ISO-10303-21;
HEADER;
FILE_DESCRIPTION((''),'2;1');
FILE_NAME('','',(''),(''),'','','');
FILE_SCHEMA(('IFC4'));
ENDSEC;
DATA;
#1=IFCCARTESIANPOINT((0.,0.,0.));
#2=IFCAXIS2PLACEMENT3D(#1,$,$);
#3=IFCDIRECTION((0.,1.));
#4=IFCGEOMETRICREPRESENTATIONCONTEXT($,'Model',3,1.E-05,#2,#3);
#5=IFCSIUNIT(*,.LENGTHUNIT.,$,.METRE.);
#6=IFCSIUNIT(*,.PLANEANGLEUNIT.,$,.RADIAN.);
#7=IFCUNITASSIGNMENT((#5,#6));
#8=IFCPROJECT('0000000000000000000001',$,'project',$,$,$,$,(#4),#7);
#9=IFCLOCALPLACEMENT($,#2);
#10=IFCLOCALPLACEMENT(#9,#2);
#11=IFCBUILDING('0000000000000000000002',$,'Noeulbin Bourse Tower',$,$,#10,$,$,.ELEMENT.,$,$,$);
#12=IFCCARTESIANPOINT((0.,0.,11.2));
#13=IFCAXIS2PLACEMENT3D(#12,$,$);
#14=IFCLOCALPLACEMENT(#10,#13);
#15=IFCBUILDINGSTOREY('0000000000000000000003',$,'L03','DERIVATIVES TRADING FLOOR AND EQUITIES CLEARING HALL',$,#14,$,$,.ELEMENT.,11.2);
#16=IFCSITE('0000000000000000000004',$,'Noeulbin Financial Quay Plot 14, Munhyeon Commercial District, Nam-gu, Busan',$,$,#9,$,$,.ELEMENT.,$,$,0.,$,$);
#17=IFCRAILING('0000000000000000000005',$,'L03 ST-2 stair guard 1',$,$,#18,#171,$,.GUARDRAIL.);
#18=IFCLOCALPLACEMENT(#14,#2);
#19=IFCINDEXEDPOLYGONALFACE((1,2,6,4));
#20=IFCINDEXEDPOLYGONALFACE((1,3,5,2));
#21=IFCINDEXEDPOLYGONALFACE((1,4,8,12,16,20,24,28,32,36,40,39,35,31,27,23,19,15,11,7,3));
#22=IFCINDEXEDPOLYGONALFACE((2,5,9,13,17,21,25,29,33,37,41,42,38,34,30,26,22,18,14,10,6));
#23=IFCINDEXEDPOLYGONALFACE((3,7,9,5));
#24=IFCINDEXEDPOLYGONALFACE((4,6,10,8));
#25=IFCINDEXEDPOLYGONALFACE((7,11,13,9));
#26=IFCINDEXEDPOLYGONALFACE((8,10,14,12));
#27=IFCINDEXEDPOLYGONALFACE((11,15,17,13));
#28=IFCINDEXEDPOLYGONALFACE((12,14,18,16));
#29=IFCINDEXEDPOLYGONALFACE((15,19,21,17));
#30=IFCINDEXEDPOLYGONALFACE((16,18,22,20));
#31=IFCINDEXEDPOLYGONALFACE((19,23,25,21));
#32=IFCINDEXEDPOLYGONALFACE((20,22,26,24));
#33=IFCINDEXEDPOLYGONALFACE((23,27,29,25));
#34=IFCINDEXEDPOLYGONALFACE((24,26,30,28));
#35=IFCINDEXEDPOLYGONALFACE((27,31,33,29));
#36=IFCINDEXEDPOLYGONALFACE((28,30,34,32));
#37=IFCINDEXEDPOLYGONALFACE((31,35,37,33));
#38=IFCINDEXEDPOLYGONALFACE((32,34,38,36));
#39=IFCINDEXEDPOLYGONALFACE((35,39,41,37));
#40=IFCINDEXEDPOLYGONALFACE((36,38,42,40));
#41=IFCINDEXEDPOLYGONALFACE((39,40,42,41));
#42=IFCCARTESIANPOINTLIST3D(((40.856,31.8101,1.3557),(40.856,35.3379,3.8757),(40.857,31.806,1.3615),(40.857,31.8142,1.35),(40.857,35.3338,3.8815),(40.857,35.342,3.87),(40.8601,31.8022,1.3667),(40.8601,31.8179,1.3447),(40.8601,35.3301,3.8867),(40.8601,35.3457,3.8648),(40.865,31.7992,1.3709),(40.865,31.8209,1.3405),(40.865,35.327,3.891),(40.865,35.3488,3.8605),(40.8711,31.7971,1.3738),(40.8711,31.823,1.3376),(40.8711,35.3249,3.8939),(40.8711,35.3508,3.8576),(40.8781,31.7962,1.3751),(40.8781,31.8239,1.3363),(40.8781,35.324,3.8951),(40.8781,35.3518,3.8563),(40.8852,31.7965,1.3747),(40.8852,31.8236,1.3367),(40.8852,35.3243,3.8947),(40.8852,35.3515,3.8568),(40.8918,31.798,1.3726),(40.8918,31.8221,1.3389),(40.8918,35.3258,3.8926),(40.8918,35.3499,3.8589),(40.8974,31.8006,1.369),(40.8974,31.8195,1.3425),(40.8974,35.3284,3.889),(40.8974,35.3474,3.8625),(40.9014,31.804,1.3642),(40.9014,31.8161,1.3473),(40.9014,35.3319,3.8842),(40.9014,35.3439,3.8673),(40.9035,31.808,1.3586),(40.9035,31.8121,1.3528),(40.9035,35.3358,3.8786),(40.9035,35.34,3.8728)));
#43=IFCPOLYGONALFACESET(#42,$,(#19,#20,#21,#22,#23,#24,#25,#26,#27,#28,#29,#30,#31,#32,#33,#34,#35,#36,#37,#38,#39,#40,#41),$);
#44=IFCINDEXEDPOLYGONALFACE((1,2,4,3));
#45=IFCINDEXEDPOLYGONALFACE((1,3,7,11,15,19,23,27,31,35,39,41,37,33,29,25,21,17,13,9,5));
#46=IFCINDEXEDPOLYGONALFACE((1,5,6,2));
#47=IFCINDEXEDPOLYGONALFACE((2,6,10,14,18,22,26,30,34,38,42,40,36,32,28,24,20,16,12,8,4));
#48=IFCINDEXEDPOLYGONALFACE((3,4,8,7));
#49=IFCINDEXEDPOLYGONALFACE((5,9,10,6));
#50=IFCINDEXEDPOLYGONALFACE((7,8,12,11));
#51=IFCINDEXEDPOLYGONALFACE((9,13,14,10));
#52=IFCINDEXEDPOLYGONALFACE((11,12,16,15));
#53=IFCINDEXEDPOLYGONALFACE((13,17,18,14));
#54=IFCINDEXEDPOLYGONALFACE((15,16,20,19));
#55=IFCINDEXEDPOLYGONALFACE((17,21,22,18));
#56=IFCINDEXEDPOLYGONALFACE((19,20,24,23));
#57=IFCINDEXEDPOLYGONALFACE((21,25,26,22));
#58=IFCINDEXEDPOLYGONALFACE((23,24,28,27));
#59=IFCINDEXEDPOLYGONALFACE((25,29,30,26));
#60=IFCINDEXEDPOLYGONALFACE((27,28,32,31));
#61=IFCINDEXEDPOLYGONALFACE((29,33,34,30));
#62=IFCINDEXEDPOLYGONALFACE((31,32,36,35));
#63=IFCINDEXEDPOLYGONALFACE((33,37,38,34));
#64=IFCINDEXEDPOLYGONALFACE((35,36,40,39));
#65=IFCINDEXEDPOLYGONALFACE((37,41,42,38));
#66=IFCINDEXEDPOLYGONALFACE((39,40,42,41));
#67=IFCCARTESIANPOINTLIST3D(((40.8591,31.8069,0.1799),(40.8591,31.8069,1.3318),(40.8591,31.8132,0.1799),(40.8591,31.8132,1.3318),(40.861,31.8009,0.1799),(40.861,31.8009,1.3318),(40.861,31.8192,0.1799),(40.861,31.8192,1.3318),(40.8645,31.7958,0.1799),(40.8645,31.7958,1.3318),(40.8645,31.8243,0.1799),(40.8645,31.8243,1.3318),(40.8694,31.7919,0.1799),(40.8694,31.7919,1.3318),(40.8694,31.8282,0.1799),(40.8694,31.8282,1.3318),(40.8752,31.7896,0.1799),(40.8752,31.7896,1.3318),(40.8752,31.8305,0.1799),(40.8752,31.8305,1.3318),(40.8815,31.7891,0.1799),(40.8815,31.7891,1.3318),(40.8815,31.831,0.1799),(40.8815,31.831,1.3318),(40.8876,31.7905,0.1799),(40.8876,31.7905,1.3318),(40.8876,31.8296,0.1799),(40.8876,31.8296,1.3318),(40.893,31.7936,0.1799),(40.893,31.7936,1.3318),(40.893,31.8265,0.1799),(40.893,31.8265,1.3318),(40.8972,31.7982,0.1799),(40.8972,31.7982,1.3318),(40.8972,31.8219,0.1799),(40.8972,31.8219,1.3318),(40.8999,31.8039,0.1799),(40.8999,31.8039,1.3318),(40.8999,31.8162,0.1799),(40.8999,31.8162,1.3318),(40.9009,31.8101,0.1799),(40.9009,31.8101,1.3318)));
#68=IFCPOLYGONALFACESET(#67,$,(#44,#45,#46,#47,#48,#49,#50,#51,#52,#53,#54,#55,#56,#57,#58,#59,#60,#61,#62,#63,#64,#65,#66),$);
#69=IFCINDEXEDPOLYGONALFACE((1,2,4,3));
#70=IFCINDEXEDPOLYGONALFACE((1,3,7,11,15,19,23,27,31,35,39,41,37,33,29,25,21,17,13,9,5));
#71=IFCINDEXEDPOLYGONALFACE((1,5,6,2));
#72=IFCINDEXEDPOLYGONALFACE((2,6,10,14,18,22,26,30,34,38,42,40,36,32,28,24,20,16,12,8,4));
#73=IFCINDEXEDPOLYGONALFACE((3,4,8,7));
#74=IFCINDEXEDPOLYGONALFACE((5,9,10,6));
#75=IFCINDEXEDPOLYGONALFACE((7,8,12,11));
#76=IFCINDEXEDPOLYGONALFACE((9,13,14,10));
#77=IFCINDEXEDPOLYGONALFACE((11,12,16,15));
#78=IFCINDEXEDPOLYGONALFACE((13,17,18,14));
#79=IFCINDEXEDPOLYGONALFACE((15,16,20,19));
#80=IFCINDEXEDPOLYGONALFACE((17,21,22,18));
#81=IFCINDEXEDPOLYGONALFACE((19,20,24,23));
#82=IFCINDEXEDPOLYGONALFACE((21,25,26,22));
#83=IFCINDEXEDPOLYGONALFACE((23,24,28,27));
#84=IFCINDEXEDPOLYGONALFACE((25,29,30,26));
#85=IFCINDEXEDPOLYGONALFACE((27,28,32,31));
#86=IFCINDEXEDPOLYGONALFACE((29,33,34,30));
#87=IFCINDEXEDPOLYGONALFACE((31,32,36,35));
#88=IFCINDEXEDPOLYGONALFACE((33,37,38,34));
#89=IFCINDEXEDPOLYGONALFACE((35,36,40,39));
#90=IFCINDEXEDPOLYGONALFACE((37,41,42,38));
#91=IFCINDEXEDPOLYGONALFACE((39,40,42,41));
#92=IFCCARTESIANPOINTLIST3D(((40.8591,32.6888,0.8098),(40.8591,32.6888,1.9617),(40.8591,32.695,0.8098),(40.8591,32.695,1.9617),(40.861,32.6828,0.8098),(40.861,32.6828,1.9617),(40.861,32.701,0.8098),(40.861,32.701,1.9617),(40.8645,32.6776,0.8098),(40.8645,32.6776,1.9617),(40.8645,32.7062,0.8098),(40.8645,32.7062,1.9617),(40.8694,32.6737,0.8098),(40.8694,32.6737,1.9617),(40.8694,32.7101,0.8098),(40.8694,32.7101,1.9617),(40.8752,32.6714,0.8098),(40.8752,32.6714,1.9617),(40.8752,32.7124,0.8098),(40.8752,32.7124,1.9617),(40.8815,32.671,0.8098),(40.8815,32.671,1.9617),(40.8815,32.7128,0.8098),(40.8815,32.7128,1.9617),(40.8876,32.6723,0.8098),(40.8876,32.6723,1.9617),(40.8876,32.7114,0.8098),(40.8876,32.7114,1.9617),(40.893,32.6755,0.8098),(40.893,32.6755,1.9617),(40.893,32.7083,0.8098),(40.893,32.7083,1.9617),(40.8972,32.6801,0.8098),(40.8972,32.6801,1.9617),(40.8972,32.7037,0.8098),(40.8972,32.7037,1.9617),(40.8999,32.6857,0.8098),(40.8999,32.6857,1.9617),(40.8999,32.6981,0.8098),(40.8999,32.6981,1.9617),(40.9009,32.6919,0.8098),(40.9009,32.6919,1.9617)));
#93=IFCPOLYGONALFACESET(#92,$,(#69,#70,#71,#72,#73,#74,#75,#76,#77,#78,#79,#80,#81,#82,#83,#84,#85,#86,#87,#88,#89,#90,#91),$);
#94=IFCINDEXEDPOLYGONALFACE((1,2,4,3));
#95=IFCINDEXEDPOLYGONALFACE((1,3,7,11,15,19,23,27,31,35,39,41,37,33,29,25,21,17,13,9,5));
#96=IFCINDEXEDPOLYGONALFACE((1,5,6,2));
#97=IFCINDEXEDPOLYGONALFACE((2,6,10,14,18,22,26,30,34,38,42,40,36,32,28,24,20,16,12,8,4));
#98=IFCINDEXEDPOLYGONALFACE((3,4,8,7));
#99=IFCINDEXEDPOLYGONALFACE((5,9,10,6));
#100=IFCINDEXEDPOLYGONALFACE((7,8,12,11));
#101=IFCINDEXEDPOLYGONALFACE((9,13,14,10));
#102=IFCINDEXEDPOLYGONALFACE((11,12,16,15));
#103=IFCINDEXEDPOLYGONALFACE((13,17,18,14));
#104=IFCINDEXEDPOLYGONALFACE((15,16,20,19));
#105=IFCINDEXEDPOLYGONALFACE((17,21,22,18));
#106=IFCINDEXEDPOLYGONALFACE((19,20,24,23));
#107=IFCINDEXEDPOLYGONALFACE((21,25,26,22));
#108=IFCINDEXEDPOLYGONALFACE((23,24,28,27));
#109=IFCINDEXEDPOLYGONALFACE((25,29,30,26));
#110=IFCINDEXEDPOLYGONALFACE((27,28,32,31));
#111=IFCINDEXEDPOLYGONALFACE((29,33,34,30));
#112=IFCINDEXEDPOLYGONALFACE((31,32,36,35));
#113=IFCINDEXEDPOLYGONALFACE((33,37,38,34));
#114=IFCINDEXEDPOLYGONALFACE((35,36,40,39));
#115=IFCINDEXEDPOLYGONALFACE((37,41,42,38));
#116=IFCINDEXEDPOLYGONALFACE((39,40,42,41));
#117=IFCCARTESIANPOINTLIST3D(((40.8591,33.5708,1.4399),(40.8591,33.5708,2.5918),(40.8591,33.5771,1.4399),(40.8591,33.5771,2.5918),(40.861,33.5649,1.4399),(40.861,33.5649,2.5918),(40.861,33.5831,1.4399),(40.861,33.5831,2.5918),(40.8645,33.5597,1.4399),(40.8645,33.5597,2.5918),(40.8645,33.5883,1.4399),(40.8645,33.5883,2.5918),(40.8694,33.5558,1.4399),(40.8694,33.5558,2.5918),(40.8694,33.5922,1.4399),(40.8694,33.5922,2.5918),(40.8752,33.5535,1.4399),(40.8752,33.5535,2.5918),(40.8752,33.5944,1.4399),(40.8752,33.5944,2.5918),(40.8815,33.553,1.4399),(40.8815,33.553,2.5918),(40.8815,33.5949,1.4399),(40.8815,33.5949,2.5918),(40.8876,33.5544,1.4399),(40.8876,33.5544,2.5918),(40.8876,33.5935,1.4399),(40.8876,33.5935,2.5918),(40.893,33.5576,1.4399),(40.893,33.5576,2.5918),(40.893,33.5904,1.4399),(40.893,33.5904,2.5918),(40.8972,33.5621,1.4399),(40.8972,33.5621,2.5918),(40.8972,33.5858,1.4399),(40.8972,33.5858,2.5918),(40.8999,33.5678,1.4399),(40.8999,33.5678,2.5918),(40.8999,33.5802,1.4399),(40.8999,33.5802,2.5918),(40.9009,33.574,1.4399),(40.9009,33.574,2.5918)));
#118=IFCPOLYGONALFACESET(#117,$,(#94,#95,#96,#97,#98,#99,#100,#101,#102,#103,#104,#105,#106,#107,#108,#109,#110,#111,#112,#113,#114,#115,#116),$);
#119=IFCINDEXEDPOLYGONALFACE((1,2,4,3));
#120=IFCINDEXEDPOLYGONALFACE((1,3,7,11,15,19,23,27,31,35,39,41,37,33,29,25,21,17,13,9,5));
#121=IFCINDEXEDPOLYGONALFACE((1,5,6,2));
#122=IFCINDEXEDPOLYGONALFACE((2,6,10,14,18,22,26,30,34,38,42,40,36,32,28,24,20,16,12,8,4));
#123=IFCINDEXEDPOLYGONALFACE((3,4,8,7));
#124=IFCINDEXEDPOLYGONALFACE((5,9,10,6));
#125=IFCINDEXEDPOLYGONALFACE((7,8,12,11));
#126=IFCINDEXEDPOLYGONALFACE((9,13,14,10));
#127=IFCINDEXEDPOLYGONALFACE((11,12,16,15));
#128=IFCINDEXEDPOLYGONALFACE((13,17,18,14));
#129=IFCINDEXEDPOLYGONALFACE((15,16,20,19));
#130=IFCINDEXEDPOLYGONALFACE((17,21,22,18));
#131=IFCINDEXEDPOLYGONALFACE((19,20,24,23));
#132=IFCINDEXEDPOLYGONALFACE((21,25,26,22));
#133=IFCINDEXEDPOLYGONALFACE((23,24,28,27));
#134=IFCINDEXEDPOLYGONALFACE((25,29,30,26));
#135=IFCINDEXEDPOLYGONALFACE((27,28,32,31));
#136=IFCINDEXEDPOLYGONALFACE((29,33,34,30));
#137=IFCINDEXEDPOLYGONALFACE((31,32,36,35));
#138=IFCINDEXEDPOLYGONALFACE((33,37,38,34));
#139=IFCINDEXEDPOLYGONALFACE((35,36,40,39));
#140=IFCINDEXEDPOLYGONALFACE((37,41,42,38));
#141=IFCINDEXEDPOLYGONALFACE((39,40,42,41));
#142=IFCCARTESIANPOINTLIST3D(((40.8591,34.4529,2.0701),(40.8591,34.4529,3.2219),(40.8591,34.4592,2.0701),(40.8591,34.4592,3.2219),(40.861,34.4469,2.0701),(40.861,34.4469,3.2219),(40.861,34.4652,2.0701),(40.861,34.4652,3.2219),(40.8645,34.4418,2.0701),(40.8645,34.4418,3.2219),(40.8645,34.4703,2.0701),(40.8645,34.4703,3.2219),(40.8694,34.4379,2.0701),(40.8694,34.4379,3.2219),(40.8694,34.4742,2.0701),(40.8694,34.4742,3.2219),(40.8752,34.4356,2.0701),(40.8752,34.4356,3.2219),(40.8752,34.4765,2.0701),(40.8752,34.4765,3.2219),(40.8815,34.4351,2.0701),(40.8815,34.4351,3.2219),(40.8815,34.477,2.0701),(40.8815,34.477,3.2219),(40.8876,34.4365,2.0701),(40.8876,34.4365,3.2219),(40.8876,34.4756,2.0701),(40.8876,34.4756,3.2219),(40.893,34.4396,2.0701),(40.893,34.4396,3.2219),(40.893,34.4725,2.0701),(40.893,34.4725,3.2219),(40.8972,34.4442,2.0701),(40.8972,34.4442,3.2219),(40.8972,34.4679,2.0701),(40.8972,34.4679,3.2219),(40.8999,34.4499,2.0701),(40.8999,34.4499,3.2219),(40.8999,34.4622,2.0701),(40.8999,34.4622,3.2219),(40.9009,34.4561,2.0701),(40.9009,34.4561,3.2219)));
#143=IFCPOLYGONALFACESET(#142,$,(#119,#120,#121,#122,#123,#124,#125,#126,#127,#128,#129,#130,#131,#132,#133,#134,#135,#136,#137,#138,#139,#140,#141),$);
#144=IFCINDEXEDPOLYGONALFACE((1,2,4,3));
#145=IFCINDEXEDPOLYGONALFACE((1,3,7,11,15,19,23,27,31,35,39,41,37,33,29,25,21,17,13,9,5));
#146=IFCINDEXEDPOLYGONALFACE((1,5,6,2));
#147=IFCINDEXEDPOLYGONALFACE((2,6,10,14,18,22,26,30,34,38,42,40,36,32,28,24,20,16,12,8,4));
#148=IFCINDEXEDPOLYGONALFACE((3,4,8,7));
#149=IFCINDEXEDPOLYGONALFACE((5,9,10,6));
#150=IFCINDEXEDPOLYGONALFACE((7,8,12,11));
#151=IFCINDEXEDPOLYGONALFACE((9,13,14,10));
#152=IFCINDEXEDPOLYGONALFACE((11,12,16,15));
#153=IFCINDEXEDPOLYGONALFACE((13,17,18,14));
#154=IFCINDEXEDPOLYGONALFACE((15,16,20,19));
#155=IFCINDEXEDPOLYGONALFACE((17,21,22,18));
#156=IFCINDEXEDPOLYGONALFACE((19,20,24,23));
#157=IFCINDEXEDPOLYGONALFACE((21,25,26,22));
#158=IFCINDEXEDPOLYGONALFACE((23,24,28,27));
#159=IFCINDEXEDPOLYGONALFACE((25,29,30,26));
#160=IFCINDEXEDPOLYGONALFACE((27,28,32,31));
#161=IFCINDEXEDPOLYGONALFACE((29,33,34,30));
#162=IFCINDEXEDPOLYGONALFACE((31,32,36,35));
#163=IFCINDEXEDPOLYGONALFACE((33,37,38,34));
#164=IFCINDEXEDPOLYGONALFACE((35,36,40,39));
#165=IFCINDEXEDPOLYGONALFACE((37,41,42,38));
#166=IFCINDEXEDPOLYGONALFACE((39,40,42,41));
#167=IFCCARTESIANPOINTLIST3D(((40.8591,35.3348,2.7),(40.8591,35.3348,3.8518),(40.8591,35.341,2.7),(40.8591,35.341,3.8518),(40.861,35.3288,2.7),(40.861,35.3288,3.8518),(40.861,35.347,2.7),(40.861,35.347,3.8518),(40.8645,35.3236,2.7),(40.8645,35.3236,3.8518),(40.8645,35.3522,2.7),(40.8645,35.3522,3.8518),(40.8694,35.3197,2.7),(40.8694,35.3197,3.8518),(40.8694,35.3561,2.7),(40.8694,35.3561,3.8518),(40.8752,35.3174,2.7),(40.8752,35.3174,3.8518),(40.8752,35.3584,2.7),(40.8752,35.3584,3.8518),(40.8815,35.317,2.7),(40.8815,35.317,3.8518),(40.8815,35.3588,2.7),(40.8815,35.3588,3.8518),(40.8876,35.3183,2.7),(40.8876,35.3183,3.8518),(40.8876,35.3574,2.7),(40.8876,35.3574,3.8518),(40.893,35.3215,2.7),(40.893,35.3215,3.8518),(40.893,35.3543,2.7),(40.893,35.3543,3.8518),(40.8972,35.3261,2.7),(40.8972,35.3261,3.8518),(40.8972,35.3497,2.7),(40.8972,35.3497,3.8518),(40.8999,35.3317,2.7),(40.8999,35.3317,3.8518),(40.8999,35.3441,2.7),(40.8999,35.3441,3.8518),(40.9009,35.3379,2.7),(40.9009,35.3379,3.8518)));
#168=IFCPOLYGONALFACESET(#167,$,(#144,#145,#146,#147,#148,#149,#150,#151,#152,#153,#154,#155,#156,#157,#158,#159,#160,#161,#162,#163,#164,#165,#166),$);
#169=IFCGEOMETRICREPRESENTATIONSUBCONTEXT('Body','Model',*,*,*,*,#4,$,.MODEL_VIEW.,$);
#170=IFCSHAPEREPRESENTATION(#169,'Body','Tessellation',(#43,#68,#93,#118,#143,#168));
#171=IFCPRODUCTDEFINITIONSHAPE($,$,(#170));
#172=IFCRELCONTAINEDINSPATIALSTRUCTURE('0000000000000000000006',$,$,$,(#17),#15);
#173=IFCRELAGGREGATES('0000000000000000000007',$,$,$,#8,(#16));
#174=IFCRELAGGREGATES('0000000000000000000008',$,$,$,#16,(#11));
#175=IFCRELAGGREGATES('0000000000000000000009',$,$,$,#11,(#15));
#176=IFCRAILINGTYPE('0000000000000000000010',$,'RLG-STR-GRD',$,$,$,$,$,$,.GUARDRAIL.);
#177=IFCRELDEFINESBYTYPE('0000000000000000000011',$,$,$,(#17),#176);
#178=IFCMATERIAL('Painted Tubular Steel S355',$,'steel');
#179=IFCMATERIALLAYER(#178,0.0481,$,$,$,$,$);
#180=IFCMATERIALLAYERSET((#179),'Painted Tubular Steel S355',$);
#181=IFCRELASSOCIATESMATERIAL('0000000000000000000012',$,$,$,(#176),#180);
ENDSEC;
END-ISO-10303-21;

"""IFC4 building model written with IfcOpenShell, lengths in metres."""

from ifc_helpers import new_model, si_unit, direction, frame, origin, origin_2d, place, context, subcontext, project, spatial, circle, extrude, material, layer, layer_set, type_object, element, save


model = new_model("IFC4")

# Units and contexts
model_context = context("Model", 3, precision=1e-05, world=origin(), true_north=direction((0.0, 1.0)))
body_context = subcontext(model_context, "Body", "Model", "MODEL_VIEW")
ifc_project = project(units=[si_unit("LENGTHUNIT", "METRE"), si_unit("PLANEANGLEUNIT", "RADIAN")], contexts=[model_context])

# Site, building, storey
site_placement = place(None, origin())
site = spatial("IfcSite", under=ifc_project, at=site_placement, Name="Noeulbin Financial Quay Plot 14, Munhyeon Commercial District, Nam-gu, Busan", CompositionType="ELEMENT", RefElevation=0.0)
building_placement = place(site_placement, origin())
building = spatial("IfcBuilding", under=site, at=building_placement, Name="Noeulbin Bourse Tower", CompositionType="ELEMENT")
storey_placement = place(building_placement, frame((0.0, 0.0, 11.2)))
storey = spatial("IfcBuildingStorey", under=building, at=storey_placement, Name="L03", Description="DERIVATIVES TRADING FLOOR AND EQUITIES CLEARING HALL", CompositionType="ELEMENT", Elevation=11.2)

# Railing
ifc_material_1 = material(Name="Painted Tubular Steel S355", Category="steel")
ifc_layer_1 = layer(ifc_material_1, 0.0481)
ifc_layer_set_1 = layer_set([ifc_layer_1], Name="Painted Tubular Steel S355")
railing_type_1 = type_object("IfcRailingType", Name="RLG-STR-GRD", PredefinedType="GUARDRAIL", material=ifc_layer_set_1)
railing_1_placement = place(storey_placement, frame((40.8799, 31.8101, 0.1799)))
element("IfcRailing", 1, at=railing_1_placement, inside=storey, type_object=railing_type_1, Name="L03 ST-2 stair guard 1", PredefinedType="GUARDRAIL", context=body_context, shape_type="SweptSolid", body=[
    extrude(circle(Radius=0.0239, at=origin_2d()), frame((0.0, 0.0, 1.1758), z_axis=(0.0, 0.813718, 0.58126), x_axis=(-1.0, 0.0, 0.0)), (0.0, 0.0, 1.0), 4.3354),
    extrude(circle(Radius=0.021, at=origin_2d()), origin(), (0.0, 0.0, 1.0), 1.1519),
    extrude(circle(Radius=0.021, at=origin_2d()), frame((0.0, 0.8818, 0.6299)), (0.0, 0.0, 1.0), 1.1519),
    extrude(circle(Radius=0.021, at=origin_2d()), frame((0.0, 1.7639, 1.26)), (0.0, 0.0, 1.0), 1.1519),
    extrude(circle(Radius=0.021, at=origin_2d()), frame((0.0, 2.646, 1.8901)), (0.0, 0.0, 1.0), 1.1519),
    extrude(circle(Radius=0.021, at=origin_2d()), frame((0.0, 3.5278, 2.52)), (0.0, 0.0, 1.0), 1.1519),
])

save(model, "model.ifc")
